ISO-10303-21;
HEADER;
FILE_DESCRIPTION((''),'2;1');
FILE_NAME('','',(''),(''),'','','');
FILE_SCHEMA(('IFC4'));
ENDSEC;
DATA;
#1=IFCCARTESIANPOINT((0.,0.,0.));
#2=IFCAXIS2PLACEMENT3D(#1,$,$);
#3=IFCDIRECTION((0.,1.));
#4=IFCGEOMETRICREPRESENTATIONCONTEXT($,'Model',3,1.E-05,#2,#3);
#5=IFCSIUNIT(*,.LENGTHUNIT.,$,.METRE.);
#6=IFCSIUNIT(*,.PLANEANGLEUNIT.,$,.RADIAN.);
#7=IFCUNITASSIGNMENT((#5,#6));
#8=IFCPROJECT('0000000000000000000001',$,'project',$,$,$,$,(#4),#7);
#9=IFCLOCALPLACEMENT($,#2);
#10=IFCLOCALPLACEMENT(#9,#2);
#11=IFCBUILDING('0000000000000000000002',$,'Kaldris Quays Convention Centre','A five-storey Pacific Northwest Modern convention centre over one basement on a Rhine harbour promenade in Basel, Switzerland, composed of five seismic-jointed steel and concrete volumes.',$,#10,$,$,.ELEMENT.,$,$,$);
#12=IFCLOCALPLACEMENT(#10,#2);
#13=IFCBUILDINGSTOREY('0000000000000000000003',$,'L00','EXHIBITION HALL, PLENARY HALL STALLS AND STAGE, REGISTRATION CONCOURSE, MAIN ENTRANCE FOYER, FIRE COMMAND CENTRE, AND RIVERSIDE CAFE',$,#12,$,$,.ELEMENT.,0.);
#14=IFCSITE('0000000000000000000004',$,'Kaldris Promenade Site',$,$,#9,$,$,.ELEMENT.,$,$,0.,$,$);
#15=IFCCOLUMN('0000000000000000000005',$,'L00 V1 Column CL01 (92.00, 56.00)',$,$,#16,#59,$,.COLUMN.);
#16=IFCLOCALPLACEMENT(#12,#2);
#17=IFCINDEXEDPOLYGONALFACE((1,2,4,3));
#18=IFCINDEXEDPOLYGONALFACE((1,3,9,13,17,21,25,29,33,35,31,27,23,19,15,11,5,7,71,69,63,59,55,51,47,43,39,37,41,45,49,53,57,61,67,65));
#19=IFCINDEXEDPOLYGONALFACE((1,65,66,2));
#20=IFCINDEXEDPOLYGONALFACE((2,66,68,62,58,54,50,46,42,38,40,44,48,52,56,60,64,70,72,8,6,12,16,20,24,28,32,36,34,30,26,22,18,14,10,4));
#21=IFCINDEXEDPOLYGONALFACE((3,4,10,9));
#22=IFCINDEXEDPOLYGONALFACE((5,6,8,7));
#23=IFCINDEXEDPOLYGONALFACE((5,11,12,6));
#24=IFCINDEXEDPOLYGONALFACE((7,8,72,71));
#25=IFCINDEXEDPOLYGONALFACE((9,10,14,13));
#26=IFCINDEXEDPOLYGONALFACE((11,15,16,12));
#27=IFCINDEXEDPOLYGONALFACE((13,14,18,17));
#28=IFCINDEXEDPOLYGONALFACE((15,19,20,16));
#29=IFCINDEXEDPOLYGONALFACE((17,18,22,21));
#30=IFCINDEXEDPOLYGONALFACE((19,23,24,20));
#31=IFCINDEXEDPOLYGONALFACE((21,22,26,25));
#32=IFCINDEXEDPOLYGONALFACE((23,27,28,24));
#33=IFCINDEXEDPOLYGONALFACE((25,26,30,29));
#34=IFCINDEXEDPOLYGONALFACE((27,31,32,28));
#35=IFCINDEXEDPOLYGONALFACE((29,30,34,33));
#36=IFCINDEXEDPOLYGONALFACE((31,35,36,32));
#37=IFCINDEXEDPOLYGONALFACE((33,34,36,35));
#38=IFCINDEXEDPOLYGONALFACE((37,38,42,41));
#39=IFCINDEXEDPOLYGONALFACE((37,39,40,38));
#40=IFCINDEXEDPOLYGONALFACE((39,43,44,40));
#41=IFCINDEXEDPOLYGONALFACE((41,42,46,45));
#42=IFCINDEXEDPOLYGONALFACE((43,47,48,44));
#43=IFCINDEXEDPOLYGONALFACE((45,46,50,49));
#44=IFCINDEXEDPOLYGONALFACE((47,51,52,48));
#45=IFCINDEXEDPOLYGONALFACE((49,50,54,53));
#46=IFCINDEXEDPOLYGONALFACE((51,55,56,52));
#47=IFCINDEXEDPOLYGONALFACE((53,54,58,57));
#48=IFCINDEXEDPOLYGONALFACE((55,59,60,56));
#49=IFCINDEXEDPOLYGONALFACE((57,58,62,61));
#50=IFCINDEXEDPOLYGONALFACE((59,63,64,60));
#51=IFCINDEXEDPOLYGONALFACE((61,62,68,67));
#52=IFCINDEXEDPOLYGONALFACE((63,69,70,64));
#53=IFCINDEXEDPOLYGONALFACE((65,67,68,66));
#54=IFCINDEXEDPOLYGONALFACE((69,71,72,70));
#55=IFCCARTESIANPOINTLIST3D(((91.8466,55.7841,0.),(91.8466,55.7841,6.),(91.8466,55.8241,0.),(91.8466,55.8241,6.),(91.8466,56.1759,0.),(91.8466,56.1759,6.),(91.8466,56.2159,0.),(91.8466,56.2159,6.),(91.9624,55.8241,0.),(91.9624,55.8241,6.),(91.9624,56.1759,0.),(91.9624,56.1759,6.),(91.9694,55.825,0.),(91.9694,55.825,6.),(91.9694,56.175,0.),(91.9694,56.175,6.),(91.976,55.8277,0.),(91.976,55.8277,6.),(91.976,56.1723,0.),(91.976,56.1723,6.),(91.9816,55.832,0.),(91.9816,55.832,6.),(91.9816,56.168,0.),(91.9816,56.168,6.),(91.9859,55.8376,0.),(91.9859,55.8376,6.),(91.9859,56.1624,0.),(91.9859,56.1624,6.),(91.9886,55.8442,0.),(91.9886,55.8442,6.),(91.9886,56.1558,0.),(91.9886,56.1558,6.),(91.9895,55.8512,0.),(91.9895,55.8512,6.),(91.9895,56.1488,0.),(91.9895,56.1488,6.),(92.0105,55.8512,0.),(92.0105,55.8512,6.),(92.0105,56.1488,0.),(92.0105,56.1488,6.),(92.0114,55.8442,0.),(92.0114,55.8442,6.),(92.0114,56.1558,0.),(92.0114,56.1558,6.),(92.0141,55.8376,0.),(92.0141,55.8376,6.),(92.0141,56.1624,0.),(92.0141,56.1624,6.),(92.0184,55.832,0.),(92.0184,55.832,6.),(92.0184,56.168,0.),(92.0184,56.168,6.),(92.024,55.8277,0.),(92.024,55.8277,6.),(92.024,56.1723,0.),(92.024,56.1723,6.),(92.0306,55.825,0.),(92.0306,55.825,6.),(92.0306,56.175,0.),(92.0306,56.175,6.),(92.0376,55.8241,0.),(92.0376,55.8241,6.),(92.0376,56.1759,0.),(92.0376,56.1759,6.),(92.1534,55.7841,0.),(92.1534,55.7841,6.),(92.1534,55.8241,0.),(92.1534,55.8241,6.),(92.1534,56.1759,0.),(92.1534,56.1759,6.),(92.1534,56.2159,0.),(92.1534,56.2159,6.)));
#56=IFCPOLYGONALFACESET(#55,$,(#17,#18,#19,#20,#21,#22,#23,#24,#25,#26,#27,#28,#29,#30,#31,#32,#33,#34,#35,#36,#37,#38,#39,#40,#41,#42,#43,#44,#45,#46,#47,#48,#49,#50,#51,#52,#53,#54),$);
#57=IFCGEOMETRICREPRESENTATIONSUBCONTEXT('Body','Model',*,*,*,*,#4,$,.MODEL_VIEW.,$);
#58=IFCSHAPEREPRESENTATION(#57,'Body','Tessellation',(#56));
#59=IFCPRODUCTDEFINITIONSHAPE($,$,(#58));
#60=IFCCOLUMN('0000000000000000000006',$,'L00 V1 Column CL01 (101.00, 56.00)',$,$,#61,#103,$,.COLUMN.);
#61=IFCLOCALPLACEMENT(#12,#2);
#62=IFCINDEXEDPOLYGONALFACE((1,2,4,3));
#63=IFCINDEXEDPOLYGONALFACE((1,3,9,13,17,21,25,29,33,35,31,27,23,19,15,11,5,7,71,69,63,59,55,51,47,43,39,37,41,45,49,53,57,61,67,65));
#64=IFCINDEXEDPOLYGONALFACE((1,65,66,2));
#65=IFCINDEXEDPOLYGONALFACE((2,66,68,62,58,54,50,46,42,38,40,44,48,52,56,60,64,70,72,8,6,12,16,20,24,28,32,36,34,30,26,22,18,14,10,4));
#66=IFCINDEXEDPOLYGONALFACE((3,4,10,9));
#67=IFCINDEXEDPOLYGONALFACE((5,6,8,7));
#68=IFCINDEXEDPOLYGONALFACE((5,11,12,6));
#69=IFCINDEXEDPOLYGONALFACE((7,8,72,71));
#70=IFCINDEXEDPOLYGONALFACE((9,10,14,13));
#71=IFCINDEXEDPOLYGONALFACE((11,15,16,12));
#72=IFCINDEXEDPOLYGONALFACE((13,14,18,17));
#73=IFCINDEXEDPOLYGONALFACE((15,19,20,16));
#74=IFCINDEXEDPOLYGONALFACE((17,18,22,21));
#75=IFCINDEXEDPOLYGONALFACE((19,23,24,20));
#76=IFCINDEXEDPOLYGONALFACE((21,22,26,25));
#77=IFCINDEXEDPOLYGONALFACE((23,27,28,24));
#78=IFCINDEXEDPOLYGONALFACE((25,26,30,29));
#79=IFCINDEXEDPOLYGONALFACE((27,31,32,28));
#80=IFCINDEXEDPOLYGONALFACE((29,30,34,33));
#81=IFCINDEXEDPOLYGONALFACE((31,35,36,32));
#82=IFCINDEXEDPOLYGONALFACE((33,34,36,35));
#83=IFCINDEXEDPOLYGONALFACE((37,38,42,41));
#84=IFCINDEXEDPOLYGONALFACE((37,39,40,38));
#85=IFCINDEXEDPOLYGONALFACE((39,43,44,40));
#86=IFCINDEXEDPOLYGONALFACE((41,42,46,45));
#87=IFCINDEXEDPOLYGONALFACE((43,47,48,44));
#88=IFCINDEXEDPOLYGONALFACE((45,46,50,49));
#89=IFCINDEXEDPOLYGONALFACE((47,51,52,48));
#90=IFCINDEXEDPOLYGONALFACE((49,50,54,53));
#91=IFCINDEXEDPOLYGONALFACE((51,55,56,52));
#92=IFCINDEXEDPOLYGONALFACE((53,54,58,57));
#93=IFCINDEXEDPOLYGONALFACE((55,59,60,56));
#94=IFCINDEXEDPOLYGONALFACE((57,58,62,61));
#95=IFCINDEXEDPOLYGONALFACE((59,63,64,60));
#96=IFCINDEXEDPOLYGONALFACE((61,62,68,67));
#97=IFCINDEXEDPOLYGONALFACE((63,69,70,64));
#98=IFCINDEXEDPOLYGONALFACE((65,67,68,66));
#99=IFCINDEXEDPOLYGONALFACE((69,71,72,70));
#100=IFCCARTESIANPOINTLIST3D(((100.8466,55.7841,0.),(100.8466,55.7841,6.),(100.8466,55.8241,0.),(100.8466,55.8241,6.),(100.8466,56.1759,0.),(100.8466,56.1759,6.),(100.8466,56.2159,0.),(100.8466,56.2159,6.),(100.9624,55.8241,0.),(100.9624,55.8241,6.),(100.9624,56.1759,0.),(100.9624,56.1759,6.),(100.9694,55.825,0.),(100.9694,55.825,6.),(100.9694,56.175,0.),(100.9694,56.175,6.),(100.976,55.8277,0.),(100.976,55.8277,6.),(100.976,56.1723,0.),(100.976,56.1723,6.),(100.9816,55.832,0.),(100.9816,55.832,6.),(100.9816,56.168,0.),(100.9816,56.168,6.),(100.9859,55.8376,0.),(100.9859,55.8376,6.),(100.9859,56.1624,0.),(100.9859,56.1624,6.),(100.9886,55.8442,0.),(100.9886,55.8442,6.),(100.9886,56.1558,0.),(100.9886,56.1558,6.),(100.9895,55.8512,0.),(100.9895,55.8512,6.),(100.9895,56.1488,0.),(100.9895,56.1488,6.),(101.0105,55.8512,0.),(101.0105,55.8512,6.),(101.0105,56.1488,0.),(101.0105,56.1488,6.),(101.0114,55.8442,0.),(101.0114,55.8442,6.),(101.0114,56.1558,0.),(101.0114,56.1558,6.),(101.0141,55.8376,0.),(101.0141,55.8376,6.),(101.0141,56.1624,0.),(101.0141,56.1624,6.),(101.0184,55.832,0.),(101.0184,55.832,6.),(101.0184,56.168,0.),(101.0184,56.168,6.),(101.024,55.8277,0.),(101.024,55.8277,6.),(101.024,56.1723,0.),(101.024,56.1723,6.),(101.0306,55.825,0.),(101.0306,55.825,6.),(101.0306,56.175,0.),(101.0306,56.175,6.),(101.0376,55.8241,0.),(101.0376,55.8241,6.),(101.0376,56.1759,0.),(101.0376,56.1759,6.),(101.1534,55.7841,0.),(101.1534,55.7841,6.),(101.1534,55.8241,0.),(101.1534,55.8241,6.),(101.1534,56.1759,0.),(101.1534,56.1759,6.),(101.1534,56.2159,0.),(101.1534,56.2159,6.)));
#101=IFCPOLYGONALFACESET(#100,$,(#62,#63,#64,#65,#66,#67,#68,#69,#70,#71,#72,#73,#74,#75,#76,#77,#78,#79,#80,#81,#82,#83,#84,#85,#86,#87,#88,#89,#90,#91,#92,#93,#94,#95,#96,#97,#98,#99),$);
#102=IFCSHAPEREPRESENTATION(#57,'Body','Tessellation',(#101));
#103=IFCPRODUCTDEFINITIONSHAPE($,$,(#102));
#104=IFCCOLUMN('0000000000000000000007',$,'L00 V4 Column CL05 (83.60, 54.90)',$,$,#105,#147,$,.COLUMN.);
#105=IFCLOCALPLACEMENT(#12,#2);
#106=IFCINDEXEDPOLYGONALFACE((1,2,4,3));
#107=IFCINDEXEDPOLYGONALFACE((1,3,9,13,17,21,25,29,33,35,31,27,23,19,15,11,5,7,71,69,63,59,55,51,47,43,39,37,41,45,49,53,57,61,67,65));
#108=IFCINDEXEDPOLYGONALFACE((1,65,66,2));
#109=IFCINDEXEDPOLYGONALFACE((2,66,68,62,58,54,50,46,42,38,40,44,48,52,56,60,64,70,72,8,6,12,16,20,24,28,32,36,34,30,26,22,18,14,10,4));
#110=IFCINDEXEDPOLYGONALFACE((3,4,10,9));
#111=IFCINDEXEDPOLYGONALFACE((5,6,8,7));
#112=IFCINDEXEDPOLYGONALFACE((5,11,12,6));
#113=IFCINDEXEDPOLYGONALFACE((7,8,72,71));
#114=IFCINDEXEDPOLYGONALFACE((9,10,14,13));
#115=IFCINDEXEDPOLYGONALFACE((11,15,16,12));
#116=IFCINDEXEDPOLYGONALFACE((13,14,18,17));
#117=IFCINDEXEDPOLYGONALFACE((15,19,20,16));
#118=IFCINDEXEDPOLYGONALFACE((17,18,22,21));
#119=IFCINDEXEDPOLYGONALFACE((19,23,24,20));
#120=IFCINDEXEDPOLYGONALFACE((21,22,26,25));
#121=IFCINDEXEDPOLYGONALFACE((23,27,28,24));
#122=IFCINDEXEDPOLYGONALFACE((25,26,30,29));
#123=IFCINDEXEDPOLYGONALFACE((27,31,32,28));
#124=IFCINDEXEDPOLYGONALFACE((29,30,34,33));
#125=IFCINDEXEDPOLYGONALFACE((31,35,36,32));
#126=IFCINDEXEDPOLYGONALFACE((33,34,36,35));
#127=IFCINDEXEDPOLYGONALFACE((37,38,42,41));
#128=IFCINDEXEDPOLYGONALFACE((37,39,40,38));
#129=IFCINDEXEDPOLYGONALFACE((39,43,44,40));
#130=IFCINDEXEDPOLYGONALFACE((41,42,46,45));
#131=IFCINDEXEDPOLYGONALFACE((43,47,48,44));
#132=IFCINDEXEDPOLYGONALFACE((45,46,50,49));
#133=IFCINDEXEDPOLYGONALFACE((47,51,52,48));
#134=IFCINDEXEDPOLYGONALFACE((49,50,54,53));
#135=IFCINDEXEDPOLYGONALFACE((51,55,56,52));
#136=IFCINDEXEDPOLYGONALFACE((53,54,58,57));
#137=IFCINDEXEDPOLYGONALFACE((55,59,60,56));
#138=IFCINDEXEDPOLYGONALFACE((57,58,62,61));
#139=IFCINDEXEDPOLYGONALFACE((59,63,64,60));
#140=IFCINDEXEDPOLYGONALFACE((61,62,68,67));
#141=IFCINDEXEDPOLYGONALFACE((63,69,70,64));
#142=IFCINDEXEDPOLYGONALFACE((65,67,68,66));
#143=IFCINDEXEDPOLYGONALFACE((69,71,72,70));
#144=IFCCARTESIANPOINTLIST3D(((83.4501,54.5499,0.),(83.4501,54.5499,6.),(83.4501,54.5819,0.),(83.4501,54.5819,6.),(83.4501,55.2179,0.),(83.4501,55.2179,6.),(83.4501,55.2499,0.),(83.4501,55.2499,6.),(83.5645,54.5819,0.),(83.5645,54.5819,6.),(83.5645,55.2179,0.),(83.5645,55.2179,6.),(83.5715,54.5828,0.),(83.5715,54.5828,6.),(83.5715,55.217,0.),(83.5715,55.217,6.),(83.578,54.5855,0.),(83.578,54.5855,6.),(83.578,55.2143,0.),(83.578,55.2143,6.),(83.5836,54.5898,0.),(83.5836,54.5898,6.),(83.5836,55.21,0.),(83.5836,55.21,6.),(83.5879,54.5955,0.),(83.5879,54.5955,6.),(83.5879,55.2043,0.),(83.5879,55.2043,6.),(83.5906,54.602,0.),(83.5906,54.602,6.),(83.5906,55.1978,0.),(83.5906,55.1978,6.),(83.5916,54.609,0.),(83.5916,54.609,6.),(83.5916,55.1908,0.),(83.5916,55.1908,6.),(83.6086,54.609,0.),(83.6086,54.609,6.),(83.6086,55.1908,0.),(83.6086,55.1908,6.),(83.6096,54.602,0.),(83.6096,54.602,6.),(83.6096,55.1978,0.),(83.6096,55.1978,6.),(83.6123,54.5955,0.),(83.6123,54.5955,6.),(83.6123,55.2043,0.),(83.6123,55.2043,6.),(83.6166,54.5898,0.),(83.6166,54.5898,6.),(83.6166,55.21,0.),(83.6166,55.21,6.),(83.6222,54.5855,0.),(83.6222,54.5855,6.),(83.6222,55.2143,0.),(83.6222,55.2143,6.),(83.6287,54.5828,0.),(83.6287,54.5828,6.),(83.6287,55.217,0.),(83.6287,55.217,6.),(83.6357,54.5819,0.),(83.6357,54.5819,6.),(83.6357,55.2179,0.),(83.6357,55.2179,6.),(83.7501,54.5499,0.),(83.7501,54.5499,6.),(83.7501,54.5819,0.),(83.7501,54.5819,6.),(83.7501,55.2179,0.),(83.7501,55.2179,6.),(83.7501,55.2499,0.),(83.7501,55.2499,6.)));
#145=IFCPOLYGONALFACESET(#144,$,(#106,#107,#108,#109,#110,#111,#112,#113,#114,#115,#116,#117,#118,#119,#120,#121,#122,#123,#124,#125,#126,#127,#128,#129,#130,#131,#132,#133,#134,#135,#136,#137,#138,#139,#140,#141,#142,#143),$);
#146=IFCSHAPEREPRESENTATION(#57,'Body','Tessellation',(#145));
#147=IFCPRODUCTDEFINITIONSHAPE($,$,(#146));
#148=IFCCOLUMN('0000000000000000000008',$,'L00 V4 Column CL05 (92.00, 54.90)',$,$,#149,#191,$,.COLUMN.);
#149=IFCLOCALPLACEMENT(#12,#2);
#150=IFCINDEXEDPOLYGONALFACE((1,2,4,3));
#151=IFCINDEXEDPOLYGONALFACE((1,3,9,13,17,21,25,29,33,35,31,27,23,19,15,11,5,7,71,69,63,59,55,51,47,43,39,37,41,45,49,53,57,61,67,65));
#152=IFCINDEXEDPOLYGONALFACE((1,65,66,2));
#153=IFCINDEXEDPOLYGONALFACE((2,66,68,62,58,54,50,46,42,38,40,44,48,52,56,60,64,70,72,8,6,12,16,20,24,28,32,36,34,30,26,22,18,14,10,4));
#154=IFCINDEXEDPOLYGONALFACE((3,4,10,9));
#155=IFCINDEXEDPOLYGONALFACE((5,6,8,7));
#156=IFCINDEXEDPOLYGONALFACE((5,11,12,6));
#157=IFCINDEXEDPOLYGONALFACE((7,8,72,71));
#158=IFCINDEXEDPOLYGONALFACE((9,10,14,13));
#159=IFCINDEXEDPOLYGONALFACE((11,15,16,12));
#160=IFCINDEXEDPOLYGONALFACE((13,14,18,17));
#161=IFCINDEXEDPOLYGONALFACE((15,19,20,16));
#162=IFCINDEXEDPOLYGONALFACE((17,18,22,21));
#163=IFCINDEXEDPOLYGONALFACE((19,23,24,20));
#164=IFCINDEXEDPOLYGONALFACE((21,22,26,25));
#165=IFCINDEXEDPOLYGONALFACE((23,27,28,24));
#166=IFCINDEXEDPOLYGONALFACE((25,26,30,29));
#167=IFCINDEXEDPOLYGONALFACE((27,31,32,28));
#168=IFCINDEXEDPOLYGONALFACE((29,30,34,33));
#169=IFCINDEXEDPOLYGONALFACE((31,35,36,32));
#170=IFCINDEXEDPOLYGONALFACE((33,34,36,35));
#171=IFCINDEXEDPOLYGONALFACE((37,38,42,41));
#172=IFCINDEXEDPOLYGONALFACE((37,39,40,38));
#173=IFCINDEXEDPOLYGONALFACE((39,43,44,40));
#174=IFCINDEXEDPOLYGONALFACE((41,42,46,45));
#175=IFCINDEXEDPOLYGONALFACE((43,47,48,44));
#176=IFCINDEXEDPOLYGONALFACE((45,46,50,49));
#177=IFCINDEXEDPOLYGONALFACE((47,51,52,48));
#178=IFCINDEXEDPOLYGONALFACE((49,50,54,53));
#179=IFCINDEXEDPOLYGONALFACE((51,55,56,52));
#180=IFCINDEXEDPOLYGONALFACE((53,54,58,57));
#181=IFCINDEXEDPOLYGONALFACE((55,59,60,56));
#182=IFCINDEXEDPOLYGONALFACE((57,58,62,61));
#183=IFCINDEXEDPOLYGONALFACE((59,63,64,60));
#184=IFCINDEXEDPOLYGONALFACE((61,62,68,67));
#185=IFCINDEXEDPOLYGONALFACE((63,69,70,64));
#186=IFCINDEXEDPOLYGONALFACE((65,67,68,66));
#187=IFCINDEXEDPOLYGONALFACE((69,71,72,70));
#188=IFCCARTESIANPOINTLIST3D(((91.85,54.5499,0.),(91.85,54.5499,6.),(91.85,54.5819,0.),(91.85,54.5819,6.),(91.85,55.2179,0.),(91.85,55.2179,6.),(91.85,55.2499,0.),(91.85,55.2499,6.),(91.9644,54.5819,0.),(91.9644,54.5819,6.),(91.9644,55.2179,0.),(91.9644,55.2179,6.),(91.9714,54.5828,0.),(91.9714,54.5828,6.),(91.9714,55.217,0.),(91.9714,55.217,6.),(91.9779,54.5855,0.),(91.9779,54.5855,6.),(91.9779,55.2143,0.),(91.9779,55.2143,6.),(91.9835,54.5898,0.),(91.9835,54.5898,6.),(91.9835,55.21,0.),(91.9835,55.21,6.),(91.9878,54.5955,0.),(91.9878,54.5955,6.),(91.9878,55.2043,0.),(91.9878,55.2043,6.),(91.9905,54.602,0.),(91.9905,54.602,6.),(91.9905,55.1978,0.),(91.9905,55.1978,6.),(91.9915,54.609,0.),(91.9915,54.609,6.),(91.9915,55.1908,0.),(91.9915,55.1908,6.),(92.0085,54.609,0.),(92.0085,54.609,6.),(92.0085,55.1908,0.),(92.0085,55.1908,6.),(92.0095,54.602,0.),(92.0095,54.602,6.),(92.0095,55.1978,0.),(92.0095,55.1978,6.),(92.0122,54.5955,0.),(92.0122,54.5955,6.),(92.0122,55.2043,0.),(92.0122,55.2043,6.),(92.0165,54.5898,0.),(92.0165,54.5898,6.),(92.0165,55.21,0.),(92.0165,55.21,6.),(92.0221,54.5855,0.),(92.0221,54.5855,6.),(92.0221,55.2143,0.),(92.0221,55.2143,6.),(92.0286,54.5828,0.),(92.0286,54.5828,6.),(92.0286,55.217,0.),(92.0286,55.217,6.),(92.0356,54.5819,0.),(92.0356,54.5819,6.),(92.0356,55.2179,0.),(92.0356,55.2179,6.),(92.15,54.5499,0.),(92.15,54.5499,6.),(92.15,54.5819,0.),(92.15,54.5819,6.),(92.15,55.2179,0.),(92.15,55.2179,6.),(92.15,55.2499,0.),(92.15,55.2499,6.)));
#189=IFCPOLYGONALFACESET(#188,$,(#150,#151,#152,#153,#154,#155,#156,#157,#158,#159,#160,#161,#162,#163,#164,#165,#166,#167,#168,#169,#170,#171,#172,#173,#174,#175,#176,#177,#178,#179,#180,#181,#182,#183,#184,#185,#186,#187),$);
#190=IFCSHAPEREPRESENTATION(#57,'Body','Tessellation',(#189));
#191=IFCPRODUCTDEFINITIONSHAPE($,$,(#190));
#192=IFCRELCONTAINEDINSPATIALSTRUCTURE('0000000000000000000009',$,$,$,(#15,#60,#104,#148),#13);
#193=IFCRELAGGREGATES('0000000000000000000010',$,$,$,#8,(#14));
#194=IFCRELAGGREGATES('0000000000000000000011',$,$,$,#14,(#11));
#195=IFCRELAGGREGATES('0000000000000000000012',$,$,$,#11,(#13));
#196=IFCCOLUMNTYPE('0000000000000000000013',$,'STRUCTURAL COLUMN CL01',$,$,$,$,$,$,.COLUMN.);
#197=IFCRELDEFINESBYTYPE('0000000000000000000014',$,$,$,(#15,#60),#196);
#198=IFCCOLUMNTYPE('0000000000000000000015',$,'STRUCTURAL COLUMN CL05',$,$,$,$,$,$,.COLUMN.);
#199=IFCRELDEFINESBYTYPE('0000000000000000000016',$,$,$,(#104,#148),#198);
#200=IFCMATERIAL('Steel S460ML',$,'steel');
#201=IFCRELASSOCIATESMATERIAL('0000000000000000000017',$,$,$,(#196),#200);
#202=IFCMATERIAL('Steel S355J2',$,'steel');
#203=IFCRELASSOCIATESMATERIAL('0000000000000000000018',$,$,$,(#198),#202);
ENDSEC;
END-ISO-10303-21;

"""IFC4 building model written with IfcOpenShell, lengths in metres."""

from ifc_helpers import new_model, si_unit, direction, frame, origin, origin_2d, place, context, subcontext, project, spatial, i_section, extrude, material, material_profile, profile_set, type_object, element, save


model = new_model("IFC4")

# Units and contexts
model_context = context("Model", 3, precision=1e-05, world=origin(), true_north=direction((0.0, 1.0)))
body_context = subcontext(model_context, "Body", "Model", "MODEL_VIEW")
ifc_project = project(units=[si_unit("LENGTHUNIT", "METRE"), si_unit("PLANEANGLEUNIT", "RADIAN")], contexts=[model_context])

# Site, building, storey
site_placement = place(None, origin())
site = spatial("IfcSite", under=ifc_project, at=site_placement, Name="Kaldris Promenade Site", CompositionType="ELEMENT", RefElevation=0.0)
building_placement = place(site_placement, origin())
building = spatial("IfcBuilding", under=site, at=building_placement, Name="Kaldris Quays Convention Centre", Description="A five-storey Pacific Northwest Modern convention centre over one basement on a Rhine harbour promenade in Basel, Switzerland, composed of five seismic-jointed steel and concrete volumes.", CompositionType="ELEMENT")
storey_placement = place(building_placement, origin())
storey = spatial("IfcBuildingStorey", under=building, at=storey_placement, Name="L00", Description="EXHIBITION HALL, PLENARY HALL STALLS AND STAGE, REGISTRATION CONCOURSE, MAIN ENTRANCE FOYER, FIRE COMMAND CENTRE, AND RIVERSIDE CAFE", CompositionType="ELEMENT", Elevation=0.0)

# Columns
ifc_material_1 = material(Name="Steel S460ML", Category="steel")
ifc_material_profile_1 = material_profile(ifc_material_1, i_section(OverallWidth=0.3069, OverallDepth=0.4319, WebThickness=0.021, FlangeThickness=0.04, FilletRadius=0.0271, at=origin_2d()), Name="HEM 400")
ifc_profile_set_1 = profile_set([ifc_material_profile_1], Name="Steel S460ML")
column_type_1 = type_object("IfcColumnType", Name="STRUCTURAL COLUMN CL01", PredefinedType="COLUMN", material=ifc_profile_set_1)
for number, where, z_axis, x_axis, name in (
    (1, (92.0, 56.0, 0.0), (0.0, 0.0, 1.0), (1.0, 0.0, 0.0), "L00 V1 Column CL01 (92.00, 56.00)"),
    (2, (101.0, 56.0, 0.0), (0.0, 0.0, 1.0), (1.0, 0.0, 0.0), "L00 V1 Column CL01 (101.00, 56.00)"),
):
    element("IfcColumn", number, at=place(storey_placement, frame(where, z_axis=z_axis, x_axis=x_axis)), inside=storey, type_object=column_type_1, Name=name, PredefinedType="COLUMN", context=body_context, shape_type="SweptSolid", body=[
        extrude(i_section(OverallWidth=0.3069, OverallDepth=0.4319, WebThickness=0.021, FlangeThickness=0.04, FilletRadius=0.0271, at=origin_2d()), origin(), (0.0, 0.0, 1.0), 6.0),
    ])
ifc_material_2 = material(Name="Steel S355J2", Category="steel")
ifc_material_profile_2 = material_profile(ifc_material_2, i_section(OverallWidth=0.3, OverallDepth=0.7, WebThickness=0.0171, FlangeThickness=0.032, FilletRadius=0.0271, at=origin_2d()), Name="HEB 700")
ifc_profile_set_2 = profile_set([ifc_material_profile_2], Name="Steel S355J2")
column_type_2 = type_object("IfcColumnType", Name="STRUCTURAL COLUMN CL05", PredefinedType="COLUMN", material=ifc_profile_set_2)
for number, where, z_axis, x_axis, name in (
    (3, (83.6001, 54.8999, 0.0), (0.0, 0.0, 1.0), (1.0, 0.0, 0.0), "L00 V4 Column CL05 (83.60, 54.90)"),
    (4, (92.0, 54.8999, 0.0), (0.0, 0.0, 1.0), (1.0, 0.0, 0.0), "L00 V4 Column CL05 (92.00, 54.90)"),
):
    element("IfcColumn", number, at=place(storey_placement, frame(where, z_axis=z_axis, x_axis=x_axis)), inside=storey, type_object=column_type_2, Name=name, PredefinedType="COLUMN", context=body_context, shape_type="SweptSolid", body=[
        extrude(i_section(OverallWidth=0.3, OverallDepth=0.7, WebThickness=0.0171, FlangeThickness=0.032, FilletRadius=0.0271, at=origin_2d()), origin(), (0.0, 0.0, 1.0), 6.0),
    ])

save(model, "model.ifc")
